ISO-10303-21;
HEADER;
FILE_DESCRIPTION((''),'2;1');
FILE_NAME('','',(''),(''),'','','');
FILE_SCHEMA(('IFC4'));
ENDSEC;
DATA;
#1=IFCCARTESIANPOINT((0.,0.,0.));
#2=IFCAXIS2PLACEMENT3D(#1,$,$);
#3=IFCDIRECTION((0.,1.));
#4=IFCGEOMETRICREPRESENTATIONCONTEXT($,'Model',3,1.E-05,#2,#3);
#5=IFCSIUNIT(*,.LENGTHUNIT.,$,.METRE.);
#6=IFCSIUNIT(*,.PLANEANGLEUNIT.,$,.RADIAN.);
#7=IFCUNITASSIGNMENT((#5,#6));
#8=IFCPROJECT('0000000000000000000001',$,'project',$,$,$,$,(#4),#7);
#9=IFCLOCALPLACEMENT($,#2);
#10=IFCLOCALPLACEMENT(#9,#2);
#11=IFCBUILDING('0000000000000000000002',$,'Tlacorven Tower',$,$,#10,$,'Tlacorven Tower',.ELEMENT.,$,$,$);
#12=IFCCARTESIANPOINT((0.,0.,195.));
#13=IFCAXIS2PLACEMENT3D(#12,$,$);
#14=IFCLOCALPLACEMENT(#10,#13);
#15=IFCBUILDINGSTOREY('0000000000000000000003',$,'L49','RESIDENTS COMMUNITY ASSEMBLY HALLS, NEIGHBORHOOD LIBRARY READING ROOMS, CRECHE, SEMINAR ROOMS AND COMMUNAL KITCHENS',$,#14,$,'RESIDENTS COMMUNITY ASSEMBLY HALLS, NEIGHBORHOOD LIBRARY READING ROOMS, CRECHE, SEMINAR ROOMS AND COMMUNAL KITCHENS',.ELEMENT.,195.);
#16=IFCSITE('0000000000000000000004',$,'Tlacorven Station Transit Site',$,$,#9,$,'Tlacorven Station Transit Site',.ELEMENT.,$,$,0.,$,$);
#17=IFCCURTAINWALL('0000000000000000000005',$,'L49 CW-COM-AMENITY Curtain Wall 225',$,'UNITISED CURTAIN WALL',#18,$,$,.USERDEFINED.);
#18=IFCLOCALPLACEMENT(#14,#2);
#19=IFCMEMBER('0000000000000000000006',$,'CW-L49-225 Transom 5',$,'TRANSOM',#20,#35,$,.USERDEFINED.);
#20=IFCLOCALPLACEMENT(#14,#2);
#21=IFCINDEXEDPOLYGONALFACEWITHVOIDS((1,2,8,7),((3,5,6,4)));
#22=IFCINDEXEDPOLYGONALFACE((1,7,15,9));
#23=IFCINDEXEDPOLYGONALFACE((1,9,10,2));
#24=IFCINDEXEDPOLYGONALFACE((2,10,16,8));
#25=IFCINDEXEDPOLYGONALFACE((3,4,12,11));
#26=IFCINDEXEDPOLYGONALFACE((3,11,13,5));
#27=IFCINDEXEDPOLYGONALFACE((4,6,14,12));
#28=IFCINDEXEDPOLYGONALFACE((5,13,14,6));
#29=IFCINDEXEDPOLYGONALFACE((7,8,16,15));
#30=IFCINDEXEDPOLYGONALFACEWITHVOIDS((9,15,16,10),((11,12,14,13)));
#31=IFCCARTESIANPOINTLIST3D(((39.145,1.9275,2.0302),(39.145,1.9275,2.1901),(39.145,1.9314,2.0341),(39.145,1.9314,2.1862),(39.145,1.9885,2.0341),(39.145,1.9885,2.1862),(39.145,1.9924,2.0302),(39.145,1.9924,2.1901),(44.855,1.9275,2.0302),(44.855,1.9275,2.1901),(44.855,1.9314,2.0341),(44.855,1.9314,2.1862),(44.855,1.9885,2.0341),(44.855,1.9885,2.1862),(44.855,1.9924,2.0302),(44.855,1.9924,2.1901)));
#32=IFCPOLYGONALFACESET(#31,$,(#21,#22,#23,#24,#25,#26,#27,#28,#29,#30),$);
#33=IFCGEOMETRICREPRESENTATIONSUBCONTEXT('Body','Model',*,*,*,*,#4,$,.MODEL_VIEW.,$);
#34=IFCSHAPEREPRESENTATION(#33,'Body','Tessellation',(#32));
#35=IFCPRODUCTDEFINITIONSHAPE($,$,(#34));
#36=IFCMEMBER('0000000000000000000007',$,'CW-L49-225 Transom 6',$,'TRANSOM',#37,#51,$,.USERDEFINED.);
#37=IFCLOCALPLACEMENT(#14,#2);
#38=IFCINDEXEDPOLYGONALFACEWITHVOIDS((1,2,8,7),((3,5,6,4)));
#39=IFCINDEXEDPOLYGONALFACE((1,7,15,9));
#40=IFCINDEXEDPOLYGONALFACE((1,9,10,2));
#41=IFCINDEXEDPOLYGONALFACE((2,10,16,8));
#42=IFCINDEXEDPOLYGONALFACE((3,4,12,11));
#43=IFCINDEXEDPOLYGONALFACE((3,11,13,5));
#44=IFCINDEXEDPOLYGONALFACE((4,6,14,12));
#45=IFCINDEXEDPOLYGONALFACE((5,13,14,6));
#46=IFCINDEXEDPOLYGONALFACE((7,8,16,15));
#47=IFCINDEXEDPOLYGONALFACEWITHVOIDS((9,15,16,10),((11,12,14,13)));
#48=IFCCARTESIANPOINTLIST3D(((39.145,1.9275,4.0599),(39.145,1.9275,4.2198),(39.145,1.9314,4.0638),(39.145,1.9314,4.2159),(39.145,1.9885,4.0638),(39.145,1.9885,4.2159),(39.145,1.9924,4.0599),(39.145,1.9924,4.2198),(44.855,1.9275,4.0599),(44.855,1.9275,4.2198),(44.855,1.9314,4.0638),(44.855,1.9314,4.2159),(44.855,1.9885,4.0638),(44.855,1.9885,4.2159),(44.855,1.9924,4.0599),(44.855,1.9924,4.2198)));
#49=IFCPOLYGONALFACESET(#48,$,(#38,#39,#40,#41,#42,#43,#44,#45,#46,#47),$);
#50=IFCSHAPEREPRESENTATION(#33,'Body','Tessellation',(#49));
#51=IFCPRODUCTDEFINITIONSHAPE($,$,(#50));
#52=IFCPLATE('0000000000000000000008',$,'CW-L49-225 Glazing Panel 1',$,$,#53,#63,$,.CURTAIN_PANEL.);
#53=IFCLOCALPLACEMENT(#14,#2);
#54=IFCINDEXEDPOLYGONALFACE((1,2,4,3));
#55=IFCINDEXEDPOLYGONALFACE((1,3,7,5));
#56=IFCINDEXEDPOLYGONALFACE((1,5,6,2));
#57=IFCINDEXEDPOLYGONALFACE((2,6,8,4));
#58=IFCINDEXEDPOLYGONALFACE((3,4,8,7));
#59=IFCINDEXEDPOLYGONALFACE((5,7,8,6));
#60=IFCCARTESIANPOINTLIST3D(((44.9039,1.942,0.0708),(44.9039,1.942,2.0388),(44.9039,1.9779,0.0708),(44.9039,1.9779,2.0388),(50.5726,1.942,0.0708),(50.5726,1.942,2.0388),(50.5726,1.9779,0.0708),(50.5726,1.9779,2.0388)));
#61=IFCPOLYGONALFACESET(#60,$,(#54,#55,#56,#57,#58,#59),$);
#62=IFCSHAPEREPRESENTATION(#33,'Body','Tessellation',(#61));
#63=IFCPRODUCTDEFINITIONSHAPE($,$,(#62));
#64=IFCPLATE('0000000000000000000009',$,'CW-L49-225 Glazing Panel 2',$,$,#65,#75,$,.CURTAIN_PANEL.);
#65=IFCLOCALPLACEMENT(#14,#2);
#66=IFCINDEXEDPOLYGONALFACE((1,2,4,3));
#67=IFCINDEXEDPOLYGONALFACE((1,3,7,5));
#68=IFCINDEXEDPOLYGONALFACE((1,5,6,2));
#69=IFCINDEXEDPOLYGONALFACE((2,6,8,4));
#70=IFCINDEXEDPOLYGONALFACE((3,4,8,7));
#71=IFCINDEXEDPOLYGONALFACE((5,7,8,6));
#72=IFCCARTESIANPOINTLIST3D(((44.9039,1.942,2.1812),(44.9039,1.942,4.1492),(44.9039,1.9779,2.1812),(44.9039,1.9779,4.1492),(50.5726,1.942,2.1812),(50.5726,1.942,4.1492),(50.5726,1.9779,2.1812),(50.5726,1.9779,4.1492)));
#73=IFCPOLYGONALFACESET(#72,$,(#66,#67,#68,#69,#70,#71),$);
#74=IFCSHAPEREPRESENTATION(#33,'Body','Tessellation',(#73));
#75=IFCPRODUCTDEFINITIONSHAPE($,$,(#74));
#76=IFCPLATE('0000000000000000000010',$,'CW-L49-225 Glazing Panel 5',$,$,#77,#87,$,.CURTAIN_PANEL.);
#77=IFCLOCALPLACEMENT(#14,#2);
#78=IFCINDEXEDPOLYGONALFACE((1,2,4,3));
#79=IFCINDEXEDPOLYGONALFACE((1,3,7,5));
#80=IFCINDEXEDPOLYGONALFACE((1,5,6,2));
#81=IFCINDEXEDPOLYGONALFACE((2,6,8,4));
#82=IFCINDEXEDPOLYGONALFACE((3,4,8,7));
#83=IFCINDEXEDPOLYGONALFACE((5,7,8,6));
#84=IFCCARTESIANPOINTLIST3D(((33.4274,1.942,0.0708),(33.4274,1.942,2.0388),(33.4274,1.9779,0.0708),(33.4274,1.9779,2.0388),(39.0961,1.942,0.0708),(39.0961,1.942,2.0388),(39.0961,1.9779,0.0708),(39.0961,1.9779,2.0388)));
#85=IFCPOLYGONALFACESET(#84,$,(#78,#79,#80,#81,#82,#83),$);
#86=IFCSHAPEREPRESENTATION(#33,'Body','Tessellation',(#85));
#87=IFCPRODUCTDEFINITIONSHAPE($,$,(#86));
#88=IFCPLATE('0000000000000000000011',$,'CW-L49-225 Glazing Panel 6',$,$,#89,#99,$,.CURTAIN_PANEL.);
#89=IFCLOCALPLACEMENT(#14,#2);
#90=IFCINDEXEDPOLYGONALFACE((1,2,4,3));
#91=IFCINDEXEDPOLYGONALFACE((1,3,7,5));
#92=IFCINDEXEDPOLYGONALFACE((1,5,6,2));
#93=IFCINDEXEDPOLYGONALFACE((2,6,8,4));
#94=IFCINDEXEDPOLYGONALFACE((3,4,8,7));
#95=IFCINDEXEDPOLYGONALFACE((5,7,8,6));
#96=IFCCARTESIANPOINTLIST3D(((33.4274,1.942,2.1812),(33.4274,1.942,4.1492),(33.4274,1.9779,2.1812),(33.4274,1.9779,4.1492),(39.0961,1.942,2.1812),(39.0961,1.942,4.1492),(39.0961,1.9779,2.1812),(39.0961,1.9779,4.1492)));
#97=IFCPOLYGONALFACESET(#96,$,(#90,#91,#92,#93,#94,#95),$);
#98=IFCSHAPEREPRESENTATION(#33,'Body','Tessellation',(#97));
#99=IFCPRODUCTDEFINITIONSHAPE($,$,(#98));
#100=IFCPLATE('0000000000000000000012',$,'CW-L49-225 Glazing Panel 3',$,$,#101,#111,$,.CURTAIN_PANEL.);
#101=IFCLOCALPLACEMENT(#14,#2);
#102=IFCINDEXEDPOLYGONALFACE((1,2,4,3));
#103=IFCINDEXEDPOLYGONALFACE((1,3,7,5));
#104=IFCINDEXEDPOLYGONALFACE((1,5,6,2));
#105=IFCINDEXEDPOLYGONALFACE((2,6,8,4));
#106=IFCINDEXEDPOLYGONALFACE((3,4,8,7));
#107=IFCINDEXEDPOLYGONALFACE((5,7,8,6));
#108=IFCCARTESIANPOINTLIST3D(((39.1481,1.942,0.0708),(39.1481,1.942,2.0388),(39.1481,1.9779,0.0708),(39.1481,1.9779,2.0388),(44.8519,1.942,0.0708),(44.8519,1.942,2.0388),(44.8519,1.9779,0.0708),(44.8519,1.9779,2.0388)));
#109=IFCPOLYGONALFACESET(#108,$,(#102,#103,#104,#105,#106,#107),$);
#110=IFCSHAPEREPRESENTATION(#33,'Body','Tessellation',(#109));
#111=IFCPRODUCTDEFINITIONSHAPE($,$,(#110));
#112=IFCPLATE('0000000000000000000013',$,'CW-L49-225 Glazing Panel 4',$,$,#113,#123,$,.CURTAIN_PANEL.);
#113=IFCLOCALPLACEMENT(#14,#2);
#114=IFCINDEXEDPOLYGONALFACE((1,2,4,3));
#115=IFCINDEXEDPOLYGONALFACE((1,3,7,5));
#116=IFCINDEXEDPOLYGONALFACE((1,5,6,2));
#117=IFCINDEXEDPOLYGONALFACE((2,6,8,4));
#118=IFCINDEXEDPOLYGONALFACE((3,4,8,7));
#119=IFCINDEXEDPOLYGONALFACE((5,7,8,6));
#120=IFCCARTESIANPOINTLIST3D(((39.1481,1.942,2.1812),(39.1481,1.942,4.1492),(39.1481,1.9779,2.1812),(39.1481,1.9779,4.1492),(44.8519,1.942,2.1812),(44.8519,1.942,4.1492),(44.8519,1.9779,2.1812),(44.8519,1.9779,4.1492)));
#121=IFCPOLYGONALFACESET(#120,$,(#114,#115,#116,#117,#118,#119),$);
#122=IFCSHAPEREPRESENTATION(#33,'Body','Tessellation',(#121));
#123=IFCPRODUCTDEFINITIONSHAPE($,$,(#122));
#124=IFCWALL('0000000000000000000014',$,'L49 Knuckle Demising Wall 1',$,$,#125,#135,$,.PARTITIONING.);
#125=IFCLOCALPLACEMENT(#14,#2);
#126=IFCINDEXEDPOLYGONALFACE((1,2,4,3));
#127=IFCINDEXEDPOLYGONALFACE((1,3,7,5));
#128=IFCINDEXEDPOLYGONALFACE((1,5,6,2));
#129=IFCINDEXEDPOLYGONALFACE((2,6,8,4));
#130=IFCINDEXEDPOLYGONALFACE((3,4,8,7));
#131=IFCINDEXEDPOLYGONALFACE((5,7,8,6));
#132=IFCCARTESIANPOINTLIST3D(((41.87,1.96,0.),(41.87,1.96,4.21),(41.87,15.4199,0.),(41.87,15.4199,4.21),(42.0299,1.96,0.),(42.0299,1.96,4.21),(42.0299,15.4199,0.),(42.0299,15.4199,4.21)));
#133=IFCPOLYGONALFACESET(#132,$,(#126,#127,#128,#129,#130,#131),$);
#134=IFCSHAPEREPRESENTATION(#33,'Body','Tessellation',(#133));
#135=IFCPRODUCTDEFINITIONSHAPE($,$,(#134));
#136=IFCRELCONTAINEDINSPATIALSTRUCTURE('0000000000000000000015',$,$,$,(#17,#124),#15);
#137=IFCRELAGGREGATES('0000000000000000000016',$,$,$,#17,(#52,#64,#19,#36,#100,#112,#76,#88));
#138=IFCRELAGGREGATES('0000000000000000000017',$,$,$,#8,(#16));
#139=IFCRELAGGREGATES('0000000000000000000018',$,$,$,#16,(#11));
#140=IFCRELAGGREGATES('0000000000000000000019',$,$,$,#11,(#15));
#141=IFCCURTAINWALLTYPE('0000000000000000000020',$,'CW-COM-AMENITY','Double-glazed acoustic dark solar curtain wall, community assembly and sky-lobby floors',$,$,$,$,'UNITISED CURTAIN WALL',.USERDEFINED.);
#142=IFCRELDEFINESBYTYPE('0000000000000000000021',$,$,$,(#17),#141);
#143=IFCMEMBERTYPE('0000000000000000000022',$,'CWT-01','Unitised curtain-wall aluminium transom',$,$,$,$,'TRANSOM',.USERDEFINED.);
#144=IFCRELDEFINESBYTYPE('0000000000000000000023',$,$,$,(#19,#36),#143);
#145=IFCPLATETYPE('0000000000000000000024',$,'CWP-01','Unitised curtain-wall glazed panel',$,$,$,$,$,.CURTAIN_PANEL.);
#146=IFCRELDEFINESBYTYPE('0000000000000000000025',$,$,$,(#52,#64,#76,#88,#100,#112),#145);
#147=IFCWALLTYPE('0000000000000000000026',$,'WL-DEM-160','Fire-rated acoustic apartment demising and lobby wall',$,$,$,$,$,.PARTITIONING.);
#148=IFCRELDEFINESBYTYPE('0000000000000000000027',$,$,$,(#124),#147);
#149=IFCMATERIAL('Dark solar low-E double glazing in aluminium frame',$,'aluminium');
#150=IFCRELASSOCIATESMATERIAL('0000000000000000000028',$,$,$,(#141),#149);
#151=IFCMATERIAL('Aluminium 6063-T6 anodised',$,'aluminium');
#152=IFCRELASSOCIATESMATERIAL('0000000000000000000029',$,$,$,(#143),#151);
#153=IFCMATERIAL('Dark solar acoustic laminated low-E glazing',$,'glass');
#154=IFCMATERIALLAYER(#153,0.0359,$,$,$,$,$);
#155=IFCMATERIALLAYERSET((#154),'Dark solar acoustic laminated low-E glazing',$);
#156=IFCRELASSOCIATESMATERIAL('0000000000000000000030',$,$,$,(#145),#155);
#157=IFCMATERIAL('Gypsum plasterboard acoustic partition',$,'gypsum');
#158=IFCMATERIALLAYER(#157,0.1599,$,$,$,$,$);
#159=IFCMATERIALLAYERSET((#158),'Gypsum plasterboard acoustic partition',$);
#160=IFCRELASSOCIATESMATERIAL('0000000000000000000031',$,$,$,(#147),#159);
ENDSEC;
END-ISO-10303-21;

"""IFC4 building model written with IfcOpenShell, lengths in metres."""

from ifc_helpers import new_model, si_unit, direction, frame, frame_2d, origin, origin_2d, place, context, subcontext, project, spatial, rectangle, hollow_rectangle, extrude, source, transform, mapped, material, layer, layer_set, material_profile, profile_set, type_object, element, aggregate, save


model = new_model("IFC4")

# Units and contexts
model_context = context("Model", 3, precision=1e-05, world=origin(), true_north=direction((0.0, 1.0)))
body_context = subcontext(model_context, "Body", "Model", "MODEL_VIEW")
ifc_project = project(units=[si_unit("LENGTHUNIT", "METRE"), si_unit("PLANEANGLEUNIT", "RADIAN")], contexts=[model_context])

# Site, building, storey
site_placement = place(None, origin())
site = spatial("IfcSite", under=ifc_project, at=site_placement, Name="Tlacorven Station Transit Site", LongName="Tlacorven Station Transit Site", CompositionType="ELEMENT", RefElevation=0.0)
building_placement = place(site_placement, origin())
building = spatial("IfcBuilding", under=site, at=building_placement, Name="Tlacorven Tower", LongName="Tlacorven Tower", CompositionType="ELEMENT")
storey_placement = place(building_placement, frame((0.0, 0.0, 195.0)))
storey = spatial("IfcBuildingStorey", under=building, at=storey_placement, Name="L49", Description="RESIDENTS COMMUNITY ASSEMBLY HALLS, NEIGHBORHOOD LIBRARY READING ROOMS, CRECHE, SEMINAR ROOMS AND COMMUNAL KITCHENS", LongName="RESIDENTS COMMUNITY ASSEMBLY HALLS, NEIGHBORHOOD LIBRARY READING ROOMS, CRECHE, SEMINAR ROOMS AND COMMUNAL KITCHENS", CompositionType="ELEMENT", Elevation=195.0)

# Shared definitions
ifc_material_1 = material(Name="Dark solar low-E double glazing in aluminium frame", Category="aluminium")
curtain_wall_type = type_object("IfcCurtainWallType", Name="CW-COM-AMENITY", Description="Double-glazed acoustic dark solar curtain wall, community assembly and sky-lobby floors", ElementType="UNITISED CURTAIN WALL", PredefinedType="USERDEFINED", material=ifc_material_1)
ifc_material_2 = material(Name="Aluminium 6063-T6 anodised", Category="aluminium")

# Curtain wall, members, plates
curtain_wall_1_placement = place(storey_placement, origin())
curtain_wall_1 = element("IfcCurtainWall", 1, at=curtain_wall_1_placement, inside=storey, type_object=curtain_wall_type, Name="L49 CW-COM-AMENITY Curtain Wall 225", ObjectType="UNITISED CURTAIN WALL", PredefinedType="USERDEFINED")
ifc_material_profile_1 = material_profile(ifc_material_2, hollow_rectangle(XDim=0.0649, YDim=0.1599, WallThickness=0.0039, at=origin_2d()), Name="ALU TRANSOM 65X160")
ifc_profile_set_1 = profile_set([ifc_material_profile_1], Name="Aluminium 6063-T6 anodised")
member_type_1 = type_object("IfcMemberType", Name="CWT-01", Description="Unitised curtain-wall aluminium transom", ElementType="TRANSOM", PredefinedType="USERDEFINED", material=ifc_profile_set_1)
shared_shape_1 = source(origin(), body_context, "Body", "SweptSolid", [
    extrude(hollow_rectangle(XDim=0.0649, YDim=0.1599, WallThickness=0.0039, at=origin_2d()), origin(), (0.0, 0.0, 1.0), 5.71),
])
member_1_placement = place(storey_placement, frame((44.855, 1.96, 2.1101), z_axis=(-1.0, 0.0, 0.0), x_axis=(0.0, -1.0, 0.0)))
member_1 = element("IfcMember", 2, at=member_1_placement, type_object=member_type_1, Name="CW-L49-225 Transom 5", ObjectType="TRANSOM", PredefinedType="USERDEFINED", context=body_context, shape_type="MappedRepresentation", body=[
    mapped(shared_shape_1, transform((0.0, 0.0, 0.0), scale=1.0)),
])
member_2_placement = place(storey_placement, frame((44.855, 1.96, 4.1399), z_axis=(-1.0, 0.0, 0.0), x_axis=(0.0, -1.0, 0.0)))
member_2 = element("IfcMember", 3, at=member_2_placement, type_object=member_type_1, Name="CW-L49-225 Transom 6", ObjectType="TRANSOM", PredefinedType="USERDEFINED", context=body_context, shape_type="MappedRepresentation", body=[
    mapped(shared_shape_1, transform((0.0, 0.0, 0.0), scale=1.0)),
])
ifc_material_3 = material(Name="Dark solar acoustic laminated low-E glazing", Category="glass")
ifc_layer_1 = layer(ifc_material_3, 0.0359)
ifc_layer_set_1 = layer_set([ifc_layer_1], Name="Dark solar acoustic laminated low-E glazing")
plate_type = type_object("IfcPlateType", Name="CWP-01", Description="Unitised curtain-wall glazed panel", PredefinedType="CURTAIN_PANEL", material=ifc_layer_set_1)
shared_shape_2 = source(origin(), body_context, "Body", "SweptSolid", [
    extrude(rectangle(XDim=5.6687, YDim=0.0359, at=origin_2d()), origin(), (0.0, 0.0, 1.0), 1.968),
])
plate_1_placement = place(storey_placement, frame((47.7383, 1.96, 0.0708), z_axis=(0.0, 0.0, 1.0), x_axis=(-1.0, 0.0, 0.0)))
plate_1 = element("IfcPlate", 4, at=plate_1_placement, type_object=plate_type, Name="CW-L49-225 Glazing Panel 1", PredefinedType="CURTAIN_PANEL", context=body_context, shape_type="MappedRepresentation", body=[
    mapped(shared_shape_2, transform((0.0, 0.0, 0.0), scale=1.0)),
])
plate_2_placement = place(storey_placement, frame((47.7383, 1.96, 2.1812), z_axis=(0.0, 0.0, 1.0), x_axis=(-1.0, 0.0, 0.0)))
plate_2 = element("IfcPlate", 5, at=plate_2_placement, type_object=plate_type, Name="CW-L49-225 Glazing Panel 2", PredefinedType="CURTAIN_PANEL", context=body_context, shape_type="MappedRepresentation", body=[
    mapped(shared_shape_2, transform((0.0, 0.0, 0.0), scale=1.0)),
])
plate_3_placement = place(storey_placement, frame((36.2617, 1.96, 0.0708), z_axis=(0.0, 0.0, 1.0), x_axis=(-1.0, 0.0, 0.0)))
plate_3 = element("IfcPlate", 6, at=plate_3_placement, type_object=plate_type, Name="CW-L49-225 Glazing Panel 5", PredefinedType="CURTAIN_PANEL", context=body_context, shape_type="MappedRepresentation", body=[
    mapped(shared_shape_2, transform((0.0, 0.0, 0.0), scale=1.0)),
])
plate_4_placement = place(storey_placement, frame((36.2617, 1.96, 2.1812), z_axis=(0.0, 0.0, 1.0), x_axis=(-1.0, 0.0, 0.0)))
plate_4 = element("IfcPlate", 7, at=plate_4_placement, type_object=plate_type, Name="CW-L49-225 Glazing Panel 6", PredefinedType="CURTAIN_PANEL", context=body_context, shape_type="MappedRepresentation", body=[
    mapped(shared_shape_2, transform((0.0, 0.0, 0.0), scale=1.0)),
])
shared_shape_3 = source(origin(), body_context, "Body", "SweptSolid", [
    extrude(rectangle(XDim=5.7039, YDim=0.0359, at=origin_2d()), origin(), (0.0, 0.0, 1.0), 1.968),
])
plate_5_placement = place(storey_placement, frame((42.0, 1.96, 0.0708), z_axis=(0.0, 0.0, 1.0), x_axis=(-1.0, 0.0, 0.0)))
plate_5 = element("IfcPlate", 8, at=plate_5_placement, type_object=plate_type, Name="CW-L49-225 Glazing Panel 3", PredefinedType="CURTAIN_PANEL", context=body_context, shape_type="MappedRepresentation", body=[
    mapped(shared_shape_3, transform((0.0, 0.0, 0.0), scale=1.0)),
])
plate_6_placement = place(storey_placement, frame((42.0, 1.96, 2.1812), z_axis=(0.0, 0.0, 1.0), x_axis=(-1.0, 0.0, 0.0)))
plate_6 = element("IfcPlate", 9, at=plate_6_placement, type_object=plate_type, Name="CW-L49-225 Glazing Panel 4", PredefinedType="CURTAIN_PANEL", context=body_context, shape_type="MappedRepresentation", body=[
    mapped(shared_shape_3, transform((0.0, 0.0, 0.0), scale=1.0)),
])
aggregate(curtain_wall_1, [plate_1, plate_2, member_1, member_2, plate_5, plate_6, plate_3, plate_4])

# Wall
ifc_material_4 = material(Name="Gypsum plasterboard acoustic partition", Category="gypsum")
ifc_layer_2 = layer(ifc_material_4, 0.1599)
ifc_layer_set_2 = layer_set([ifc_layer_2], Name="Gypsum plasterboard acoustic partition")
wall_type_1 = type_object("IfcWallType", Name="WL-DEM-160", Description="Fire-rated acoustic apartment demising and lobby wall", PredefinedType="PARTITIONING", material=ifc_layer_set_2)
wall_1_placement = place(storey_placement, frame((41.95, 1.96, 0.0), z_axis=(0.0, 0.0, 1.0), x_axis=(0.0, 1.0, 0.0)))
element("IfcWall", 10, at=wall_1_placement, inside=storey, type_object=wall_type_1, Name="L49 Knuckle Demising Wall 1", PredefinedType="PARTITIONING", context=body_context, shape_type="SweptSolid", body=[
    extrude(rectangle(XDim=13.46, YDim=0.1599, at=frame_2d((6.73, 0.0))), origin(), (0.0, 0.0, 1.0), 4.21),
])

save(model, "model.ifc")
